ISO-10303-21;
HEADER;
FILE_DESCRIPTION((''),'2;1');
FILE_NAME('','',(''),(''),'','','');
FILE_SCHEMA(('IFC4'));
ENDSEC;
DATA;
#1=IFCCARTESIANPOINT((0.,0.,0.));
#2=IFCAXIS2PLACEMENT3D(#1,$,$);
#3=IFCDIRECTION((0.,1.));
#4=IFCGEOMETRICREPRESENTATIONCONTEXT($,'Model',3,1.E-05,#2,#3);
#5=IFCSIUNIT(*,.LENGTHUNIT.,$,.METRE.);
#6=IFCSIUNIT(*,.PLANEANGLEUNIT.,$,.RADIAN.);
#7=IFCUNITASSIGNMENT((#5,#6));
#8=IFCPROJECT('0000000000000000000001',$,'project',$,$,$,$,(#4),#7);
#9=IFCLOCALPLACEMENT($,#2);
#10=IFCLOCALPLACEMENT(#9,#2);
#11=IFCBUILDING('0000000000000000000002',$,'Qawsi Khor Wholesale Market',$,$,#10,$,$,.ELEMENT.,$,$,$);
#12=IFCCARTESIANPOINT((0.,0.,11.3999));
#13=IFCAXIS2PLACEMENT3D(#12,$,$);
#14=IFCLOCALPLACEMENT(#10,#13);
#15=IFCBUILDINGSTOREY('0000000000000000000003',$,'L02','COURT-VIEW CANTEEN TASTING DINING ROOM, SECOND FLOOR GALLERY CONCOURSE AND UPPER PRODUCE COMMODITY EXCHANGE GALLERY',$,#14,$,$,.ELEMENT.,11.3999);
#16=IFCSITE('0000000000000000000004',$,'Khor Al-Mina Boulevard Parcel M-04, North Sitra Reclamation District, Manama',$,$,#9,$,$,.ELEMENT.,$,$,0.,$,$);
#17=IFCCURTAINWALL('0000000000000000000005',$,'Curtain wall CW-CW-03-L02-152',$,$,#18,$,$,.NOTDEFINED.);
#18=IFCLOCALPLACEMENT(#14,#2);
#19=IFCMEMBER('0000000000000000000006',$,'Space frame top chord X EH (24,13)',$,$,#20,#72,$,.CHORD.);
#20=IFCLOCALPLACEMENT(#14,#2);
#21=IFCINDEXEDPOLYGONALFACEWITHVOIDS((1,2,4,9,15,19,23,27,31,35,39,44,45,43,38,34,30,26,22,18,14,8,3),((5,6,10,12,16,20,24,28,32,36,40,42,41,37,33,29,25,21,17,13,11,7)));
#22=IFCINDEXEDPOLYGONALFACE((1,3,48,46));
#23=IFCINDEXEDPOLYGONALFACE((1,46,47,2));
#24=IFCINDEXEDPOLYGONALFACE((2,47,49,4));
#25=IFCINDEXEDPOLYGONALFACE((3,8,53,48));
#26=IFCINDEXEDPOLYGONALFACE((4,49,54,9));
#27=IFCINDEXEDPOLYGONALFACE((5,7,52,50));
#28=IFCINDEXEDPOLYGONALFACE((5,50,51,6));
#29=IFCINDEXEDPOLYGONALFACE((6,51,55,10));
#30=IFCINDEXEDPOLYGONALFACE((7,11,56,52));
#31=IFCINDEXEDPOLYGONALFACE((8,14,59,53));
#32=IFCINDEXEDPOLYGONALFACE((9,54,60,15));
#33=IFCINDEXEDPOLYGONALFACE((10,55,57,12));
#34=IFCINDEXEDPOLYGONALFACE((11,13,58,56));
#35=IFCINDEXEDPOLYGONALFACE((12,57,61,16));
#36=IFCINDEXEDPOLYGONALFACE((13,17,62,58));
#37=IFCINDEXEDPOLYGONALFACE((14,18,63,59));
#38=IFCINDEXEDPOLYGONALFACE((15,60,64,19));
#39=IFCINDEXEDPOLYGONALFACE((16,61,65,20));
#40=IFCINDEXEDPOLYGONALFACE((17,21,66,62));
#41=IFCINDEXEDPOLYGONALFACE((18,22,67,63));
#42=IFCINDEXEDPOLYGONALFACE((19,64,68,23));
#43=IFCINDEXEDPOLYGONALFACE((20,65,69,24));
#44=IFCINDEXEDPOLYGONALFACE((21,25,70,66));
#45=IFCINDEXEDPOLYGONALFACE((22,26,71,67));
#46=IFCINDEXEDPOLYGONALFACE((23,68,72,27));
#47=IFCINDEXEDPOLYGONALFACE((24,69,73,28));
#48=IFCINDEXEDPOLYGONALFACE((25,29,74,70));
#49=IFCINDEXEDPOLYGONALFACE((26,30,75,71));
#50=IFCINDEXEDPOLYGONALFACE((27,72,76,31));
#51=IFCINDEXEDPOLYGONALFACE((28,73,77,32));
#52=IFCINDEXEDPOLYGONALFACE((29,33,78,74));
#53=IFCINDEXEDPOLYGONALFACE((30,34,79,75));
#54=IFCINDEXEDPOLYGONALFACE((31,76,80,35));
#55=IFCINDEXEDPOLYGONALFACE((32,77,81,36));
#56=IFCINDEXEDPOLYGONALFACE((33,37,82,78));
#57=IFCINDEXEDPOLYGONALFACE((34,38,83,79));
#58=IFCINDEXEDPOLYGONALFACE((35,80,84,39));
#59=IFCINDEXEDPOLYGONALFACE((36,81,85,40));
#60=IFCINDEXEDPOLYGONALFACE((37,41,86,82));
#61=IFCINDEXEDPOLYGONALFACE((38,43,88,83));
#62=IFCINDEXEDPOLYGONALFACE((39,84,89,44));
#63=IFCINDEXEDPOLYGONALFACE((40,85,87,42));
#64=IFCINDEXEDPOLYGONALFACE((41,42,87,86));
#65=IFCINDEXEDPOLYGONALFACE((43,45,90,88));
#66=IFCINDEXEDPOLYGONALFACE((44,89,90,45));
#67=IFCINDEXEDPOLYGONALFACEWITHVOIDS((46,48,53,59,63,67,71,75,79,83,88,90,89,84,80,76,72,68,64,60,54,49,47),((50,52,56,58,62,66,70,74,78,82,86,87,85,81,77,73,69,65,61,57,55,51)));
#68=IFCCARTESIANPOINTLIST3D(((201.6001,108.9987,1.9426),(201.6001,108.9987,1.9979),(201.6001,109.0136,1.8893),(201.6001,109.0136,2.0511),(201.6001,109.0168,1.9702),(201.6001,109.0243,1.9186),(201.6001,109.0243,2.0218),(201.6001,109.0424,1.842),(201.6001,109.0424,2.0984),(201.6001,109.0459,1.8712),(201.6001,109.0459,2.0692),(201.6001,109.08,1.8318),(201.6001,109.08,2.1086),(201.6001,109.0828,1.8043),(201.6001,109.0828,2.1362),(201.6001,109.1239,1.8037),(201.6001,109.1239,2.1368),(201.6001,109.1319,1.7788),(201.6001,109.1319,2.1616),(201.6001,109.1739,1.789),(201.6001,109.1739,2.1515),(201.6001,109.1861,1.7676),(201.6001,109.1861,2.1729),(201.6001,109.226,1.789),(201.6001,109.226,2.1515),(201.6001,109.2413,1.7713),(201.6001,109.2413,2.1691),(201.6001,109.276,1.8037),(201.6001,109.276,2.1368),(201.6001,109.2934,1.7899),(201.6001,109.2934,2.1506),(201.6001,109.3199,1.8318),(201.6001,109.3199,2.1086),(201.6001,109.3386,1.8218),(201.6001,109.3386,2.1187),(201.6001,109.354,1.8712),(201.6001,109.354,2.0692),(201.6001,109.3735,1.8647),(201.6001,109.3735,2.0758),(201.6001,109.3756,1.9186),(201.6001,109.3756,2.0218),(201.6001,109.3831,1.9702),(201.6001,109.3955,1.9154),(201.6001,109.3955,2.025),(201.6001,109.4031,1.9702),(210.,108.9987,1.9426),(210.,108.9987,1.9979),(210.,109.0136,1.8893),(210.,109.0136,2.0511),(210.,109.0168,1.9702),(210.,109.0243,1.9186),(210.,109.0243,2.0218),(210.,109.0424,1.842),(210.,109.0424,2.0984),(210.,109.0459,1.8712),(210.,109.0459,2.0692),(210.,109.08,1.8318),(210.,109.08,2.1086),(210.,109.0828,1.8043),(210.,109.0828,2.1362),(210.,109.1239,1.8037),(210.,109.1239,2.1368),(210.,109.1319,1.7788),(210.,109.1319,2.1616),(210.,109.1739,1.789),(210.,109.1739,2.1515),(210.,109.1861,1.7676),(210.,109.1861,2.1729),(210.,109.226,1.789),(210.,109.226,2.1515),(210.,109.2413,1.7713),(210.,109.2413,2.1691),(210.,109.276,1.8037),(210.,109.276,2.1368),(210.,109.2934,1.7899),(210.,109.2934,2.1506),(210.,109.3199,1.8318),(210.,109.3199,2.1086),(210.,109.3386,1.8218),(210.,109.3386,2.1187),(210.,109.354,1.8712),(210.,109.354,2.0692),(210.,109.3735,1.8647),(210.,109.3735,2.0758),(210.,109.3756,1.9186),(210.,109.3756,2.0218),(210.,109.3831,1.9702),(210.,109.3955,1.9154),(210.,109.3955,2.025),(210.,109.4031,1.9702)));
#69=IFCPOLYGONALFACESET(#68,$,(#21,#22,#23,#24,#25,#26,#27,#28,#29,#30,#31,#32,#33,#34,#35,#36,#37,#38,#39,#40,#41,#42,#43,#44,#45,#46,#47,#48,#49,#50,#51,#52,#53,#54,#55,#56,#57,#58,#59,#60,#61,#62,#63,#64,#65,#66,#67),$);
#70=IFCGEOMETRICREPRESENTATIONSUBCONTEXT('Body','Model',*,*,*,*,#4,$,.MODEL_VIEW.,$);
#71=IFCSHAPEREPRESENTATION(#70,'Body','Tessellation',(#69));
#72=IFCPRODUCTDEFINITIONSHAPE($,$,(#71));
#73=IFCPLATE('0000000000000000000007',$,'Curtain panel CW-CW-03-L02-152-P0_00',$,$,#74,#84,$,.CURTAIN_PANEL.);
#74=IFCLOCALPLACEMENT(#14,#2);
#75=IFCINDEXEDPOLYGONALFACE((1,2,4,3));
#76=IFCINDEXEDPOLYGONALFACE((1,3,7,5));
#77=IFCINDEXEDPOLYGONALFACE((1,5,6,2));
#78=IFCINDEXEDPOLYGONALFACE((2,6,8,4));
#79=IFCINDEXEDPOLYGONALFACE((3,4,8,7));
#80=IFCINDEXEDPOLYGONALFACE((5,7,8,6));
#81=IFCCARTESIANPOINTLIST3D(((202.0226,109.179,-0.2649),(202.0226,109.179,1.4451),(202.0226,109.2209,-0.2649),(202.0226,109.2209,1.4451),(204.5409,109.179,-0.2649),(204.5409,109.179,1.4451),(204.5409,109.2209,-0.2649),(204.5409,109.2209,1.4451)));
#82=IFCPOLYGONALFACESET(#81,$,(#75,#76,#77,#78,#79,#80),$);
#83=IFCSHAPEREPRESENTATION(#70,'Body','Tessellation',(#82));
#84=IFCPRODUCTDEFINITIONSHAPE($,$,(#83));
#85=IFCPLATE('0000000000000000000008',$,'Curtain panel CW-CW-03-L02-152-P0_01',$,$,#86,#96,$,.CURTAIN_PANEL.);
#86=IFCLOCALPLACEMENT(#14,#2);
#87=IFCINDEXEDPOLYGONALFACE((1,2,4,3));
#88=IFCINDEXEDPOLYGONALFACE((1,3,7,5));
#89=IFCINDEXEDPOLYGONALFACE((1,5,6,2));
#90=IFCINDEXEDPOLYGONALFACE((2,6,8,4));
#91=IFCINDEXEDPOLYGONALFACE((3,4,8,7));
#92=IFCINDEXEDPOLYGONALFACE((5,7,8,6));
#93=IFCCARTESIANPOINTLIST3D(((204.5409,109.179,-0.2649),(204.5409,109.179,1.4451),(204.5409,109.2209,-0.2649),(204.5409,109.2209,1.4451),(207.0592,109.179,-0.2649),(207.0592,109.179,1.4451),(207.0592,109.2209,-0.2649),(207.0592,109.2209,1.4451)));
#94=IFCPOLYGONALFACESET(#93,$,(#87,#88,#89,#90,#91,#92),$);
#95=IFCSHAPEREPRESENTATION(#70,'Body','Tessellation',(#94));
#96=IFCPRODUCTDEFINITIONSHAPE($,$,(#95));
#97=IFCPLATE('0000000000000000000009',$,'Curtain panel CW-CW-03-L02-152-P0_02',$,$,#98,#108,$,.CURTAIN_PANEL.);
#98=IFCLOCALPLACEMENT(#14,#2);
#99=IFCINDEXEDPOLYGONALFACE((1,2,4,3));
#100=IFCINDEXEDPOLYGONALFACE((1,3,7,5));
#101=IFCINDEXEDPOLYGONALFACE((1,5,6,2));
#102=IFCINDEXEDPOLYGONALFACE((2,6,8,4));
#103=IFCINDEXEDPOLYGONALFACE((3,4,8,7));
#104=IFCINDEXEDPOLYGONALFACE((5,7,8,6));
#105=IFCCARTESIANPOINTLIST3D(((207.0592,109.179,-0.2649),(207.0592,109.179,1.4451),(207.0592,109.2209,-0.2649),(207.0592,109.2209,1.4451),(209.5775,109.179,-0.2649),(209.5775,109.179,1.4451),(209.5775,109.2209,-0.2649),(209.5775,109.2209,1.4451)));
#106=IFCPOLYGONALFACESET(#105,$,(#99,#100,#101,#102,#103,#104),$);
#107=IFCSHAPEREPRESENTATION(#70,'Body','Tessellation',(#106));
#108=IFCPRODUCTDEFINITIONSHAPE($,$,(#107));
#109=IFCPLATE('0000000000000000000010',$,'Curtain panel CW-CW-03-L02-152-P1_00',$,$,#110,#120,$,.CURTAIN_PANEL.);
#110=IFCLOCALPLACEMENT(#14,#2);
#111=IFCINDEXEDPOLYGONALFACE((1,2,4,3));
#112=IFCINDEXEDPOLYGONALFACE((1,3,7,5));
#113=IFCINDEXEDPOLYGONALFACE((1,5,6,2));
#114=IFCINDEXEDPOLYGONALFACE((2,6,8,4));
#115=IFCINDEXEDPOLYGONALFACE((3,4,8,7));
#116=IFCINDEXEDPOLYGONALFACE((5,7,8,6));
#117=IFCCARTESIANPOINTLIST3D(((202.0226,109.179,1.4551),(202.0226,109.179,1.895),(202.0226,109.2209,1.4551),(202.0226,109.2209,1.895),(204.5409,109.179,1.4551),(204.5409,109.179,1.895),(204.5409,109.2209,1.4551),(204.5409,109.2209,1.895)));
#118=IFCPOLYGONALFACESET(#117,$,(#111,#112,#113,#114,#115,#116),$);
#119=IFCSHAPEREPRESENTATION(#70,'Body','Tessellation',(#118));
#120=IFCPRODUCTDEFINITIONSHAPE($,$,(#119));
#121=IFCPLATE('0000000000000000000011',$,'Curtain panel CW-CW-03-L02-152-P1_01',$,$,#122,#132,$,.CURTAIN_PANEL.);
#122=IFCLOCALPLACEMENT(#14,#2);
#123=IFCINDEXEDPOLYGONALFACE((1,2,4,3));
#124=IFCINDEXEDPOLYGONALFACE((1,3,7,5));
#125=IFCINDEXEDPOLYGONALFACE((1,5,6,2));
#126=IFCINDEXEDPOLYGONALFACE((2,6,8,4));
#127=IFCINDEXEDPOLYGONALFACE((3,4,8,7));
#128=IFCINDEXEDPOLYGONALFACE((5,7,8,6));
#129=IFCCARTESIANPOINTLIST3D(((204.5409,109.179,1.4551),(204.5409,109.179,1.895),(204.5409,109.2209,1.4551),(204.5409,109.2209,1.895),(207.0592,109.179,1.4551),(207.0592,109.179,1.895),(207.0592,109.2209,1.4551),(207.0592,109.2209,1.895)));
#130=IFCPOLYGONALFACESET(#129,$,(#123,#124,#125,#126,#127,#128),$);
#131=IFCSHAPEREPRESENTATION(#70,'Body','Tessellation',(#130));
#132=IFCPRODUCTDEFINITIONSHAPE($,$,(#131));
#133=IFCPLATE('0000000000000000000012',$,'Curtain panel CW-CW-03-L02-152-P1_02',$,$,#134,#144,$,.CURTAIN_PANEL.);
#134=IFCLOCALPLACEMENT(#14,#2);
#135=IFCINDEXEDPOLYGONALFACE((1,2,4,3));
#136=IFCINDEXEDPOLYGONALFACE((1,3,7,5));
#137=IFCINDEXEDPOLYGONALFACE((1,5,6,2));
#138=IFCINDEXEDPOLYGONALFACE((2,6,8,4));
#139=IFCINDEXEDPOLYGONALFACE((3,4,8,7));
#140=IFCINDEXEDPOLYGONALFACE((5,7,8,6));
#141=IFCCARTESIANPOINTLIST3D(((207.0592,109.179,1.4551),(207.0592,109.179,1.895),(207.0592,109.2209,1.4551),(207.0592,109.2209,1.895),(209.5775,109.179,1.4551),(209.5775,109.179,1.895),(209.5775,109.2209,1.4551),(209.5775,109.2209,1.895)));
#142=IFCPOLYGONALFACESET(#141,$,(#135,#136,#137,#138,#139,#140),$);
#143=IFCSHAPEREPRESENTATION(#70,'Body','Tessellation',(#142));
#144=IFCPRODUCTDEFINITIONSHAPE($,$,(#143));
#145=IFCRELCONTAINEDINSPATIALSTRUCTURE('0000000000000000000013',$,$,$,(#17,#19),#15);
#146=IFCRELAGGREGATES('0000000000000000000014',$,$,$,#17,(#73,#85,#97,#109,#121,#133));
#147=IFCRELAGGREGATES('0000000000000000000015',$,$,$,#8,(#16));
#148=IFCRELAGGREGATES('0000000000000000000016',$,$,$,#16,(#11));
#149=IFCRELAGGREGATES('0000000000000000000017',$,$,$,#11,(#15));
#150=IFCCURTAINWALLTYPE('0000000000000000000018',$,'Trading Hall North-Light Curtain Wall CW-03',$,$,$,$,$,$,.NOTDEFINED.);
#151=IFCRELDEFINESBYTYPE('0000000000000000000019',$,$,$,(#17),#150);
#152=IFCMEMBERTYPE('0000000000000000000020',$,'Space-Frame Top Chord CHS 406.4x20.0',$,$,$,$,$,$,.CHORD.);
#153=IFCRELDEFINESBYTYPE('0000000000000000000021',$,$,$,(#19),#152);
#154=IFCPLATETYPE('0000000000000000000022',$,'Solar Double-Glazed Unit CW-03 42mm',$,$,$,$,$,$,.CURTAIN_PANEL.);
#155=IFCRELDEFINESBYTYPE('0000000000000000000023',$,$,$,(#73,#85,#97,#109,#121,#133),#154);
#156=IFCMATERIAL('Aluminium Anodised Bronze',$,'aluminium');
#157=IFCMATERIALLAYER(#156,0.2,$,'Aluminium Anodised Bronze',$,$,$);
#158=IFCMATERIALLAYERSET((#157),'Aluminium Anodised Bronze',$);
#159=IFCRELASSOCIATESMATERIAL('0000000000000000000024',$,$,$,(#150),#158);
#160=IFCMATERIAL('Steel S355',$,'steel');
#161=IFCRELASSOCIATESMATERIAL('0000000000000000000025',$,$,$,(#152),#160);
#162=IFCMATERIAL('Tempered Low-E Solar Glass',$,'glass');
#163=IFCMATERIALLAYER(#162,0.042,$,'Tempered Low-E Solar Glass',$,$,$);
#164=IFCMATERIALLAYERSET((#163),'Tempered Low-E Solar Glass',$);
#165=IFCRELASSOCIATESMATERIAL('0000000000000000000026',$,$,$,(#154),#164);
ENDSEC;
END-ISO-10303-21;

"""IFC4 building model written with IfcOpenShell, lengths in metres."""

from ifc_helpers import new_model, si_unit, direction, frame, frame_2d, origin, origin_2d, place, context, subcontext, project, spatial, rectangle, hollow_circle, extrude, material, layer, layer_set, material_profile, profile_set, type_object, element, aggregate, save


model = new_model("IFC4")

# Units and contexts
model_context = context("Model", 3, precision=1e-05, world=origin(), true_north=direction((0.0, 1.0)))
body_context = subcontext(model_context, "Body", "Model", "MODEL_VIEW")
ifc_project = project(units=[si_unit("LENGTHUNIT", "METRE"), si_unit("PLANEANGLEUNIT", "RADIAN")], contexts=[model_context])

# Site, building, storey
site_placement = place(None, origin())
site = spatial("IfcSite", under=ifc_project, at=site_placement, Name="Khor Al-Mina Boulevard Parcel M-04, North Sitra Reclamation District, Manama", CompositionType="ELEMENT", RefElevation=0.0)
building_placement = place(site_placement, origin())
building = spatial("IfcBuilding", under=site, at=building_placement, Name="Qawsi Khor Wholesale Market", CompositionType="ELEMENT")
storey_placement = place(building_placement, frame((0.0, 0.0, 11.3999)))
storey = spatial("IfcBuildingStorey", under=building, at=storey_placement, Name="L02", Description="COURT-VIEW CANTEEN TASTING DINING ROOM, SECOND FLOOR GALLERY CONCOURSE AND UPPER PRODUCE COMMODITY EXCHANGE GALLERY", CompositionType="ELEMENT", Elevation=11.3999)

# Curtain wall
ifc_material_1 = material(Name="Aluminium Anodised Bronze", Category="aluminium")
ifc_layer_1 = layer(ifc_material_1, 0.2, Name="Aluminium Anodised Bronze")
ifc_layer_set_1 = layer_set([ifc_layer_1], Name="Aluminium Anodised Bronze")
curtain_wall_type = type_object("IfcCurtainWallType", Name="Trading Hall North-Light Curtain Wall CW-03", PredefinedType="NOTDEFINED", material=ifc_layer_set_1)
curtain_wall_placement = place(storey_placement, origin())
curtain_wall = element("IfcCurtainWall", 1, at=curtain_wall_placement, inside=storey, type_object=curtain_wall_type, Name="Curtain wall CW-CW-03-L02-152", PredefinedType="NOTDEFINED")

# Member
ifc_material_2 = material(Name="Steel S355", Category="steel")
ifc_material_profile_1 = material_profile(ifc_material_2, hollow_circle(Radius=0.2031, WallThickness=0.02, at=origin_2d()), Name="CHS 406.4x20.0")
ifc_profile_set_1 = profile_set([ifc_material_profile_1], Name="Steel S355")
member_type_1 = type_object("IfcMemberType", Name="Space-Frame Top Chord CHS 406.4x20.0", PredefinedType="CHORD", material=ifc_profile_set_1)
member_1_placement = place(storey_placement, frame((201.6001, 109.2, 1.9702), z_axis=(1.0, 0.0, 0.0), x_axis=(0.0, 1.0, 0.0)))
element("IfcMember", 2, at=member_1_placement, inside=storey, type_object=member_type_1, Name="Space frame top chord X EH (24,13)", PredefinedType="CHORD", context=body_context, shape_type="SweptSolid", body=[
    extrude(hollow_circle(Radius=0.2031, WallThickness=0.02, at=origin_2d()), origin(), (0.0, 0.0, 1.0), 8.3999),
])

# Plates
ifc_material_3 = material(Name="Tempered Low-E Solar Glass", Category="glass")
ifc_layer_2 = layer(ifc_material_3, 0.042, Name="Tempered Low-E Solar Glass")
ifc_layer_set_2 = layer_set([ifc_layer_2], Name="Tempered Low-E Solar Glass")
plate_type = type_object("IfcPlateType", Name="Solar Double-Glazed Unit CW-03 42mm", PredefinedType="CURTAIN_PANEL", material=ifc_layer_set_2)
plate_1_placement = place(storey_placement, frame((202.0225, 109.2, -0.2649), z_axis=(0.0, 0.0, 1.0), x_axis=(1.0, 0.0, 0.0)))
plate_1 = element("IfcPlate", 3, at=plate_1_placement, type_object=plate_type, Name="Curtain panel CW-CW-03-L02-152-P0_00", PredefinedType="CURTAIN_PANEL", context=body_context, shape_type="SweptSolid", body=[
    extrude(rectangle(XDim=2.5183, YDim=0.042, at=frame_2d((1.2593, 0.0))), origin(), (0.0, 0.0, 1.0), 1.71),
])
plate_2_placement = place(storey_placement, frame((204.5408, 109.2, -0.2649), z_axis=(0.0, 0.0, 1.0), x_axis=(1.0, 0.0, 0.0)))
plate_2 = element("IfcPlate", 4, at=plate_2_placement, type_object=plate_type, Name="Curtain panel CW-CW-03-L02-152-P0_01", PredefinedType="CURTAIN_PANEL", context=body_context, shape_type="SweptSolid", body=[
    extrude(rectangle(XDim=2.5183, YDim=0.042, at=frame_2d((1.2593, 0.0))), origin(), (0.0, 0.0, 1.0), 1.71),
])
plate_3_placement = place(storey_placement, frame((207.0591, 109.2, -0.2649), z_axis=(0.0, 0.0, 1.0), x_axis=(1.0, 0.0, 0.0)))
plate_3 = element("IfcPlate", 5, at=plate_3_placement, type_object=plate_type, Name="Curtain panel CW-CW-03-L02-152-P0_02", PredefinedType="CURTAIN_PANEL", context=body_context, shape_type="SweptSolid", body=[
    extrude(rectangle(XDim=2.5183, YDim=0.042, at=frame_2d((1.2593, 0.0))), origin(), (0.0, 0.0, 1.0), 1.71),
])
plate_4_placement = place(storey_placement, frame((202.0225, 109.2, 1.4551), z_axis=(0.0, 0.0, 1.0), x_axis=(1.0, 0.0, 0.0)))
plate_4 = element("IfcPlate", 6, at=plate_4_placement, type_object=plate_type, Name="Curtain panel CW-CW-03-L02-152-P1_00", PredefinedType="CURTAIN_PANEL", context=body_context, shape_type="SweptSolid", body=[
    extrude(rectangle(XDim=2.5183, YDim=0.042, at=frame_2d((1.2593, 0.0))), origin(), (0.0, 0.0, 1.0), 0.4399),
])
plate_5_placement = place(storey_placement, frame((204.5408, 109.2, 1.4551), z_axis=(0.0, 0.0, 1.0), x_axis=(1.0, 0.0, 0.0)))
plate_5 = element("IfcPlate", 7, at=plate_5_placement, type_object=plate_type, Name="Curtain panel CW-CW-03-L02-152-P1_01", PredefinedType="CURTAIN_PANEL", context=body_context, shape_type="SweptSolid", body=[
    extrude(rectangle(XDim=2.5183, YDim=0.042, at=frame_2d((1.2593, 0.0))), origin(), (0.0, 0.0, 1.0), 0.4399),
])
plate_6_placement = place(storey_placement, frame((207.0591, 109.2, 1.4551), z_axis=(0.0, 0.0, 1.0), x_axis=(1.0, 0.0, 0.0)))
plate_6 = element("IfcPlate", 8, at=plate_6_placement, type_object=plate_type, Name="Curtain panel CW-CW-03-L02-152-P1_02", PredefinedType="CURTAIN_PANEL", context=body_context, shape_type="SweptSolid", body=[
    extrude(rectangle(XDim=2.5183, YDim=0.042, at=frame_2d((1.2593, 0.0))), origin(), (0.0, 0.0, 1.0), 0.4399),
])
aggregate(curtain_wall, [plate_1, plate_2, plate_3, plate_4, plate_5, plate_6])

save(model, "model.ifc")
